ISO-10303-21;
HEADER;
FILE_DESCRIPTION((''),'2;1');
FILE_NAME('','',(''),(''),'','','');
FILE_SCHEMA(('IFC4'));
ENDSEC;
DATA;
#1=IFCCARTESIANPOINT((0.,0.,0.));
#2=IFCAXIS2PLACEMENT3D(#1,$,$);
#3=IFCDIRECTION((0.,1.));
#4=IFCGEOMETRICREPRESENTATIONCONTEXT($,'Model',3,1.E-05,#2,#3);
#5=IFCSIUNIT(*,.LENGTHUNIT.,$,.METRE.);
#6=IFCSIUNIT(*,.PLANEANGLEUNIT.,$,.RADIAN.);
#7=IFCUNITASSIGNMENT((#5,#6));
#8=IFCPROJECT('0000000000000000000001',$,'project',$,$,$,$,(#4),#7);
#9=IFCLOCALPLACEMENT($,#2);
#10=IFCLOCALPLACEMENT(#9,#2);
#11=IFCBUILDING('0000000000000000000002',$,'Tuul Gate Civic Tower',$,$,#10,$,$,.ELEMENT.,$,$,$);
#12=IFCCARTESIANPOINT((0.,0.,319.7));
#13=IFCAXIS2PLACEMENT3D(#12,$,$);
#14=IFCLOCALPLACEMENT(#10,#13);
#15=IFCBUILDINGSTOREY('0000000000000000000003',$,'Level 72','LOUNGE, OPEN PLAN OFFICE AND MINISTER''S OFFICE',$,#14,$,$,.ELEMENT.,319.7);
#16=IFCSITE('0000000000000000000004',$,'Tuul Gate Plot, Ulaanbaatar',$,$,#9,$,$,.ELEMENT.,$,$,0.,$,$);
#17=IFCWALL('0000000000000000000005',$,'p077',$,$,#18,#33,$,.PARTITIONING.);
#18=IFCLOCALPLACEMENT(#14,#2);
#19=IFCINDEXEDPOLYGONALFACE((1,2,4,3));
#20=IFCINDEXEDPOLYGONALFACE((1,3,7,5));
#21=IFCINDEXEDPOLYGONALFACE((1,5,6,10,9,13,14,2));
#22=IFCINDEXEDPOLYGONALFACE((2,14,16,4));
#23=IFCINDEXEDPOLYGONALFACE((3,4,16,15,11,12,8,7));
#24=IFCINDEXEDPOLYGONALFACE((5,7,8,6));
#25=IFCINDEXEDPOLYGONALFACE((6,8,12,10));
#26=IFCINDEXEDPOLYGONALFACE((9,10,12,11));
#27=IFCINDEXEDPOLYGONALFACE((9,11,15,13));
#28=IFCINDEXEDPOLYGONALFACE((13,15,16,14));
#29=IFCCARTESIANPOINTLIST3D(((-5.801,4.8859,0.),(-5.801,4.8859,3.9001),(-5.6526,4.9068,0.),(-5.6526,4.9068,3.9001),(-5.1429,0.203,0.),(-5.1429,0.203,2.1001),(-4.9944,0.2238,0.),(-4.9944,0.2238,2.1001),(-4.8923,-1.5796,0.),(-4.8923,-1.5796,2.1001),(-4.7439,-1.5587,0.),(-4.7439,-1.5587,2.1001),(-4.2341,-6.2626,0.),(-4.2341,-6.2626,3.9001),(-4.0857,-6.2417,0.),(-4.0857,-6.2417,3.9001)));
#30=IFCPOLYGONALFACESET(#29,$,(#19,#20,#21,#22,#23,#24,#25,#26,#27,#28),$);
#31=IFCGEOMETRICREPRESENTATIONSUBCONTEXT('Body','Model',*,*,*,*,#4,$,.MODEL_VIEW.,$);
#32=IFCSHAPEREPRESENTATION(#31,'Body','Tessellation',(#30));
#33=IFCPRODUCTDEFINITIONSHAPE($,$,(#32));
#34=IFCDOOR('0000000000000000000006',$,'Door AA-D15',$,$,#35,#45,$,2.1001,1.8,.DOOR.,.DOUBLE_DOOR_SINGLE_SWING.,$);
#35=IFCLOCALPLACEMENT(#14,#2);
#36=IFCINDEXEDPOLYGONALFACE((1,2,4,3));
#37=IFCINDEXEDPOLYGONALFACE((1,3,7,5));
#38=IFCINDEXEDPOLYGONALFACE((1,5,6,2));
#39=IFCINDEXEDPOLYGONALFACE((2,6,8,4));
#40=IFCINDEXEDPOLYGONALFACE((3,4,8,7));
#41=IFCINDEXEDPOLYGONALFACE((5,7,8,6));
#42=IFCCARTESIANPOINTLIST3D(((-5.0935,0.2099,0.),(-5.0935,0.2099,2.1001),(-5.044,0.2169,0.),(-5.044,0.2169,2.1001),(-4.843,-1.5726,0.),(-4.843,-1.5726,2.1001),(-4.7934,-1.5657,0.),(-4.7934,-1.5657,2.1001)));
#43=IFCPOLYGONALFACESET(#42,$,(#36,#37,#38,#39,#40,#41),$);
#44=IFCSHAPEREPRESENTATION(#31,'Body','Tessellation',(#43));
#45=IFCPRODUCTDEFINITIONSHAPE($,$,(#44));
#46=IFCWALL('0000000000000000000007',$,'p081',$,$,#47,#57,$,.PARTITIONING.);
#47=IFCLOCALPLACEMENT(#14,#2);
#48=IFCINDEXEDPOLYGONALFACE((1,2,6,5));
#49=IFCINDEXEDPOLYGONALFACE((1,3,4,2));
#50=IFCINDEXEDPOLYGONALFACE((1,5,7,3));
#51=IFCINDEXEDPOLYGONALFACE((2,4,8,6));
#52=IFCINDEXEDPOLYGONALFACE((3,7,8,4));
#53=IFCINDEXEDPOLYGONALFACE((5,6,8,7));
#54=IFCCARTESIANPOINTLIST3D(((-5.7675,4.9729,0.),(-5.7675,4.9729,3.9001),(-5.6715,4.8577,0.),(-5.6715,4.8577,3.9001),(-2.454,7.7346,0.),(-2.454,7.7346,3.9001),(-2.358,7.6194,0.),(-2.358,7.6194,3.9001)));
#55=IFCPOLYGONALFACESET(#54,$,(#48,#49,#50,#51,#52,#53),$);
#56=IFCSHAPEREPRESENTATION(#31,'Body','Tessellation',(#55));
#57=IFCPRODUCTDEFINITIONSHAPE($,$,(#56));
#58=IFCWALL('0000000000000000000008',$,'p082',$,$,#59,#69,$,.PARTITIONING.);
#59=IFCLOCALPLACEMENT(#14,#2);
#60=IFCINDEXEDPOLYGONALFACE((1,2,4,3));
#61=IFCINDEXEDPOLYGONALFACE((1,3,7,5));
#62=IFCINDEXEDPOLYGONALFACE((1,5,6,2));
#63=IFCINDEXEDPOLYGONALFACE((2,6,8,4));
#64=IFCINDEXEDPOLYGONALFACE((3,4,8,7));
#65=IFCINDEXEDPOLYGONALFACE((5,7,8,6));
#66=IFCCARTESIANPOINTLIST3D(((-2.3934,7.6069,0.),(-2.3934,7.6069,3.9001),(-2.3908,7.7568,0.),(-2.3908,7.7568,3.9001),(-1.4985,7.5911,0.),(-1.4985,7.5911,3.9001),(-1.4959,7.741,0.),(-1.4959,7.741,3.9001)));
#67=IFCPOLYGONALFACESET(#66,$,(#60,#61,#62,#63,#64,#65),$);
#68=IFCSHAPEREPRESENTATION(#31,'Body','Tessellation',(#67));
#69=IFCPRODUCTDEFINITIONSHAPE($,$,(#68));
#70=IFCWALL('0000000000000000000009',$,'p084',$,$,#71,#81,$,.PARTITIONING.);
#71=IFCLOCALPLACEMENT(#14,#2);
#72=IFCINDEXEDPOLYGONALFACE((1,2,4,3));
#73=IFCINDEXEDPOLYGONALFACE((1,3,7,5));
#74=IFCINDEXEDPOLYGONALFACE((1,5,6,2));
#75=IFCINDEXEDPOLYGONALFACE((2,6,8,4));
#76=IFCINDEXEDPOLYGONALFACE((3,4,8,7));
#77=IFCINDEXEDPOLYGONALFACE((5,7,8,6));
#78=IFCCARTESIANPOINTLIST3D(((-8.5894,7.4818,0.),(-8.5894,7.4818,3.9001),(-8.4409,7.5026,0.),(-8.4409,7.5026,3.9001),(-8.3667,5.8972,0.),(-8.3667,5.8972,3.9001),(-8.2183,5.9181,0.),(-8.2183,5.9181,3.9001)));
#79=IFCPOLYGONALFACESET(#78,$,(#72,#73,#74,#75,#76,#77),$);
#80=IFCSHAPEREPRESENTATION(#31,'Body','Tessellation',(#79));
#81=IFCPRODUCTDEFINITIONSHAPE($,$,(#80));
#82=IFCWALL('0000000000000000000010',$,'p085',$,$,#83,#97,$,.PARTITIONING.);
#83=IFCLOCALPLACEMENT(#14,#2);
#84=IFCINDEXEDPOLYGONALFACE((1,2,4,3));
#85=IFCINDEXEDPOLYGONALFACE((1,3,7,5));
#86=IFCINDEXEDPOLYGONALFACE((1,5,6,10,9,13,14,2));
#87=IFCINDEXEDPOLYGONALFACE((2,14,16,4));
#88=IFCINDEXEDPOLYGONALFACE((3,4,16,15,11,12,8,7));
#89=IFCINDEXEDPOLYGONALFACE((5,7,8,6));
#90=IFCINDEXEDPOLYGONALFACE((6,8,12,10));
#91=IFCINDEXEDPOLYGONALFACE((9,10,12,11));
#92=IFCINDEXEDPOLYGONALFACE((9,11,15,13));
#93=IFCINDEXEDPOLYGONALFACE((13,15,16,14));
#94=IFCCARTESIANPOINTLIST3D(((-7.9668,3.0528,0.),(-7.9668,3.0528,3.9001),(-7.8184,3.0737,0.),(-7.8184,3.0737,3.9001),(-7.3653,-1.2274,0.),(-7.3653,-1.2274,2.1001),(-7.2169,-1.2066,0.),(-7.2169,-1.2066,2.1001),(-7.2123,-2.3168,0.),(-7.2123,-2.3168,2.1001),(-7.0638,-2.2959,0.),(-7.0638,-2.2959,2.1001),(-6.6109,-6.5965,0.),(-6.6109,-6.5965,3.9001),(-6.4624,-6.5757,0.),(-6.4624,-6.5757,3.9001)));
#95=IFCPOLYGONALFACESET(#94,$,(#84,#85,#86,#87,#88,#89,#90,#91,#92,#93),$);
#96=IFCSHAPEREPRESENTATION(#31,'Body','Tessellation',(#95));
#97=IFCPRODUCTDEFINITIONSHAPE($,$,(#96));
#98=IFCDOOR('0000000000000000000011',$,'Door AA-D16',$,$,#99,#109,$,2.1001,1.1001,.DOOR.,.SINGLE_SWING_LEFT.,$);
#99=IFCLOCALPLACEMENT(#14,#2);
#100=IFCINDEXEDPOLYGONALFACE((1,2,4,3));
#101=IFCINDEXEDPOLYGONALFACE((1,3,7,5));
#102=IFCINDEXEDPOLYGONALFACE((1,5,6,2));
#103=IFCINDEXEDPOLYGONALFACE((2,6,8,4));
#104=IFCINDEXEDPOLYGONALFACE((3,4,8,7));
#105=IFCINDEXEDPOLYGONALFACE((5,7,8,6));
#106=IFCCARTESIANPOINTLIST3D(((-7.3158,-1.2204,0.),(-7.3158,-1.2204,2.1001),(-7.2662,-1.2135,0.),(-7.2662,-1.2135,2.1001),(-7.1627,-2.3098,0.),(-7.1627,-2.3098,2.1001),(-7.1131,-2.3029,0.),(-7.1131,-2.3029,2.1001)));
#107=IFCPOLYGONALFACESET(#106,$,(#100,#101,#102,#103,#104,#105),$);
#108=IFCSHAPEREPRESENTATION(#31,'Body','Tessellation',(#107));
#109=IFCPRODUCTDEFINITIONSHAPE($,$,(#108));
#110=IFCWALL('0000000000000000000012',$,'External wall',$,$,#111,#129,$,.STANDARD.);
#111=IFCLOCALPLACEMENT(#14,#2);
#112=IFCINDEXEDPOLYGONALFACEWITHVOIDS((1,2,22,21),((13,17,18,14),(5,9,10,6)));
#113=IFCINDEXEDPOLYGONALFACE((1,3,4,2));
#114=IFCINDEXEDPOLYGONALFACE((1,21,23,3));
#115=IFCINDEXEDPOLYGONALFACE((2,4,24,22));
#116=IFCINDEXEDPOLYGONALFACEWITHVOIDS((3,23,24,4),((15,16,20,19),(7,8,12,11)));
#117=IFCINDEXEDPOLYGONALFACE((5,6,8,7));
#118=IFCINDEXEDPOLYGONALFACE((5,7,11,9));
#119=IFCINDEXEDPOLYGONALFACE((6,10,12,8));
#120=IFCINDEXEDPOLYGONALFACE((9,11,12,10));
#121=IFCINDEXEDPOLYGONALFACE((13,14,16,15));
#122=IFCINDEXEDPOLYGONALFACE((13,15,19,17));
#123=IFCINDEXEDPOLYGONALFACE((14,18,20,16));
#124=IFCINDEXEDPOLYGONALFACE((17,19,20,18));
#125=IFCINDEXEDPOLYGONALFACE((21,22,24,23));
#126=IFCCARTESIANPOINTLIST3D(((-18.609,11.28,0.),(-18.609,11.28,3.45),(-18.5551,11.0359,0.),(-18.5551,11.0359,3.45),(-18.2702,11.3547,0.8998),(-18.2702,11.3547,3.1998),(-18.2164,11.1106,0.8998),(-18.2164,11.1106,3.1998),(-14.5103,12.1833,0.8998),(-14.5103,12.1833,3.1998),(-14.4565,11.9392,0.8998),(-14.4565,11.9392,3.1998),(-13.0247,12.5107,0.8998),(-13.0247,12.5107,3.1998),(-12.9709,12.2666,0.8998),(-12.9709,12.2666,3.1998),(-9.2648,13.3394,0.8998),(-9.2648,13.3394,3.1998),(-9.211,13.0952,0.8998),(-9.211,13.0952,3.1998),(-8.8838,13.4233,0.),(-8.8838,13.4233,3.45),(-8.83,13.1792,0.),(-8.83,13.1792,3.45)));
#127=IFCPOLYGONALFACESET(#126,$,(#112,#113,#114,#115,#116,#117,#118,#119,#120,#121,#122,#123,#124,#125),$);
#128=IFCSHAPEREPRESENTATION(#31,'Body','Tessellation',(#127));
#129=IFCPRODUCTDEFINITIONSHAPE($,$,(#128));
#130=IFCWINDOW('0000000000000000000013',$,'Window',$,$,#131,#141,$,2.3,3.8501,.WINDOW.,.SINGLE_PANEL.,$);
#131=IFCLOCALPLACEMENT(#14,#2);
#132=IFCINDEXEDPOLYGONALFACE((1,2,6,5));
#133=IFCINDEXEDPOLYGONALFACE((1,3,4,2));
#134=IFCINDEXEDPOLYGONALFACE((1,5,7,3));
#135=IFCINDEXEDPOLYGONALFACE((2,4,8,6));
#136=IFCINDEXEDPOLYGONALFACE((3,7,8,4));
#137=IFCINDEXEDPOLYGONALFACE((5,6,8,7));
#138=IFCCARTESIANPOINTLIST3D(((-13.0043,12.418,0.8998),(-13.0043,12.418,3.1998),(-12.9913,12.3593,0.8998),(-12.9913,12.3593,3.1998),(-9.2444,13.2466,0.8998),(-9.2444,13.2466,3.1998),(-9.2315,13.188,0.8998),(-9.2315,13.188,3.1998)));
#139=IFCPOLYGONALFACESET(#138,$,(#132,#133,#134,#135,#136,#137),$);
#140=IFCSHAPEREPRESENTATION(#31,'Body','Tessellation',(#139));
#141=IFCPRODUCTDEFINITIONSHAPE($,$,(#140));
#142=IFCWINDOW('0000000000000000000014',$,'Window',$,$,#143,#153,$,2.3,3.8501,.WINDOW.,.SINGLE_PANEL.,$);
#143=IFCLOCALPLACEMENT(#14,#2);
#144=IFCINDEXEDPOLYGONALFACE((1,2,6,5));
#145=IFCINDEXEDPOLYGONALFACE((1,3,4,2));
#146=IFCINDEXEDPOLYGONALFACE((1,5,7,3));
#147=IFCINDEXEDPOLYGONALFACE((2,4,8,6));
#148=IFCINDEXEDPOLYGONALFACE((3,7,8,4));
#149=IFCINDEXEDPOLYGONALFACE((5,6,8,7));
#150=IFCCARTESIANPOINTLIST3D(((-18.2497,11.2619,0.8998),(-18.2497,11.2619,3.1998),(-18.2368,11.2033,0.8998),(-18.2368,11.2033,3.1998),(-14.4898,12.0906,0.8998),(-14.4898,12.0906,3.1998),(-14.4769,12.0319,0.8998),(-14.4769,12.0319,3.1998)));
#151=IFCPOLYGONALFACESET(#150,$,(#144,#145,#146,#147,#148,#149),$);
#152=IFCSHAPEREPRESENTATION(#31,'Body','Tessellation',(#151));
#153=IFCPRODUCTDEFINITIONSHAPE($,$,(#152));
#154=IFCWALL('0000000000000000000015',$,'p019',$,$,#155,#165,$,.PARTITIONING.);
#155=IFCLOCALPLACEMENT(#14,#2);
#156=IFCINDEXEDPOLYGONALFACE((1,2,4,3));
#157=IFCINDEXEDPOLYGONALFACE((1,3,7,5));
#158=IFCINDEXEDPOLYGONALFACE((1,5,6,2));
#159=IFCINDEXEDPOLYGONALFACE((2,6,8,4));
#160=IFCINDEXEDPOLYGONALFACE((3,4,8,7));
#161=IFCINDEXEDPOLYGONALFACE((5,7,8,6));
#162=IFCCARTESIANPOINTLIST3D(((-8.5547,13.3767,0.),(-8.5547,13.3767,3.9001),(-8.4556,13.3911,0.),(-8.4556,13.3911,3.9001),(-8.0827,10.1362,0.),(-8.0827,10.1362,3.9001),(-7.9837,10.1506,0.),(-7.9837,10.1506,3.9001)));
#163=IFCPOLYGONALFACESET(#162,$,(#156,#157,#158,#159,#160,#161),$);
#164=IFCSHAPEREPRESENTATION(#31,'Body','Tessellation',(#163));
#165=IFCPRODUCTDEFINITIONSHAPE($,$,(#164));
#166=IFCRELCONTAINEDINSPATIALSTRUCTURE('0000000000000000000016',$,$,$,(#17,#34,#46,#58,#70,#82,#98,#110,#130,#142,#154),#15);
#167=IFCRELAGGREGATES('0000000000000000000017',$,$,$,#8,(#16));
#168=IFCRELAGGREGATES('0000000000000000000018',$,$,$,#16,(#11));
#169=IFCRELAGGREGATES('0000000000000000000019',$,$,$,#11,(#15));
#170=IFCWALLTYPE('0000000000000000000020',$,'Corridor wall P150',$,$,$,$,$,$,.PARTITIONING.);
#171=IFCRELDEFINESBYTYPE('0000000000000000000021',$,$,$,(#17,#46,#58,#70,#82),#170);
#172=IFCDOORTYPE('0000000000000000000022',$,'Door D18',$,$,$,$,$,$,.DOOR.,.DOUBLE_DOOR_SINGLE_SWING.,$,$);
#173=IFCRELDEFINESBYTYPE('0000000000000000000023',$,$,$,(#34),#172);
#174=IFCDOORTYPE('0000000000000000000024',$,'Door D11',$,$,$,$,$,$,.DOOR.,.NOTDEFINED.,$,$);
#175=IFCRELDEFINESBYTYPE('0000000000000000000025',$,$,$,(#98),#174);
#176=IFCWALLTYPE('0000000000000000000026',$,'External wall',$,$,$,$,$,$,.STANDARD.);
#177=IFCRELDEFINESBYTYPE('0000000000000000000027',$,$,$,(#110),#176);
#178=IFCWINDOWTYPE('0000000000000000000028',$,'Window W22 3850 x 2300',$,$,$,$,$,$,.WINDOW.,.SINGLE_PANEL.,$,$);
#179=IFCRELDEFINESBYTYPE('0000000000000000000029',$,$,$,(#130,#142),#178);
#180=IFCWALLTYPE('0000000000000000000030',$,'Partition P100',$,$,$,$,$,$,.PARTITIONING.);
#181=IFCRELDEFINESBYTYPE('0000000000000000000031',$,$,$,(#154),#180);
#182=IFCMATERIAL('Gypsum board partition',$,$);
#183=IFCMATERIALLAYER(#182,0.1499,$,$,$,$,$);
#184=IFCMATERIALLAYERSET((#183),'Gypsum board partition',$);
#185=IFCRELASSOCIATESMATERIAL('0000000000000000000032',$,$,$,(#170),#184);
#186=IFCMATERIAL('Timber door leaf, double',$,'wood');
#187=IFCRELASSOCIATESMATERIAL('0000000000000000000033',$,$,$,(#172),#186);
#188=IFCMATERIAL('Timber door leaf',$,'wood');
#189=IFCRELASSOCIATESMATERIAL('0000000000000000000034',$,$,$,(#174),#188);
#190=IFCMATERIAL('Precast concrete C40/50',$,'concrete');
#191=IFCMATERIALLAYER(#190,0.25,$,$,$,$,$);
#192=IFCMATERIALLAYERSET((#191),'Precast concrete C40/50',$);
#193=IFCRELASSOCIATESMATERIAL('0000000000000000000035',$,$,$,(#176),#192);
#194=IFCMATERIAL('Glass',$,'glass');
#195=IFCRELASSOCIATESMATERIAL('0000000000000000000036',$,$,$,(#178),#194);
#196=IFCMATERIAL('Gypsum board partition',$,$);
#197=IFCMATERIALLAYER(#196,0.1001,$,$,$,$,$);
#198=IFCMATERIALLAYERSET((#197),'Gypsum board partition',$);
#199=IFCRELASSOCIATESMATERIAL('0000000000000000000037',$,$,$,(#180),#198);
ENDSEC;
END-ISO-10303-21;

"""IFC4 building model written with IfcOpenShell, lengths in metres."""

from ifc_helpers import new_model, si_unit, direction, frame, frame_2d, origin, place, context, subcontext, project, spatial, rectangle, extrude, material, layer, layer_set, type_object, element, fill, save


model = new_model("IFC4")

# Units and contexts
model_context = context("Model", 3, precision=1e-05, world=origin(), true_north=direction((0.0, 1.0)))
body_context = subcontext(model_context, "Body", "Model", "MODEL_VIEW")
ifc_project = project(units=[si_unit("LENGTHUNIT", "METRE"), si_unit("PLANEANGLEUNIT", "RADIAN")], contexts=[model_context])

# Site, building, storey
site_placement = place(None, origin())
site = spatial("IfcSite", under=ifc_project, at=site_placement, Name="Tuul Gate Plot, Ulaanbaatar", CompositionType="ELEMENT", RefElevation=0.0)
building_placement = place(site_placement, origin())
building = spatial("IfcBuilding", under=site, at=building_placement, Name="Tuul Gate Civic Tower", CompositionType="ELEMENT")
storey_placement = place(building_placement, frame((0.0, 0.0, 319.7)))
storey = spatial("IfcBuildingStorey", under=building, at=storey_placement, Name="Level 72", Description="LOUNGE, OPEN PLAN OFFICE AND MINISTER'S OFFICE", CompositionType="ELEMENT", Elevation=319.7)

# Shared definitions
ifc_material_1 = material(Name="Gypsum board partition")
ifc_layer_1 = layer(ifc_material_1, 0.1499)
ifc_layer_set_1 = layer_set([ifc_layer_1], Name="Gypsum board partition")
wall_type_1 = type_object("IfcWallType", Name="Corridor wall P150", PredefinedType="PARTITIONING", material=ifc_layer_set_1)

# Wall, opening, door
wall_1_placement = place(storey_placement, frame((-5.7268, 4.8962, 0.0), z_axis=(0.0, 0.0, 1.0), x_axis=(0.13918, -0.990267, 0.0)))
wall_1 = element("IfcWall", 1, at=wall_1_placement, inside=storey, type_object=wall_type_1, Name="p077", PredefinedType="PARTITIONING", context=body_context, shape_type="SweptSolid", body=[
    extrude(rectangle(XDim=11.2581, YDim=0.1499, at=frame_2d((5.6289, 0.0))), origin(), (0.0, 0.0, 1.0), 3.9001),
])
opening_1_placement = place(wall_1_placement, frame((4.729, 0.0, 0.0)))
opening_1 = element("IfcOpeningElement", 2, at=opening_1_placement, cuts=wall_1, PredefinedType="OPENING", context=body_context, shape_type="SweptSolid", body=[
    extrude(rectangle(XDim=1.8, YDim=2.1001, at=frame_2d((0.8999, 1.05))), frame((0.0, 0.085, 0.0), z_axis=(0.0, -1.0, 0.0), x_axis=(1.0, 0.0, 0.0)), (0.0, 0.0, 1.0), 0.1699),
])
ifc_material_2 = material(Name="Timber door leaf, double", Category="wood")
door_type_1 = type_object("IfcDoorType", Name="Door D18", OperationType="DOUBLE_DOOR_SINGLE_SWING", PredefinedType="DOOR", material=ifc_material_2)
door_1_placement = place(opening_1_placement, origin())
door_1 = element("IfcDoor", 3, at=door_1_placement, inside=storey, type_object=door_type_1, Name="Door AA-D15", OperationType="DOUBLE_DOOR_SINGLE_SWING", OverallHeight=2.1001, OverallWidth=1.8, PredefinedType="DOOR", context=body_context, shape_type="SweptSolid", body=[
    extrude(rectangle(XDim=1.8, YDim=2.1001, at=frame_2d((0.8999, 1.05))), frame((0.0, 0.0249, 0.0), z_axis=(0.0, -1.0, 0.0), x_axis=(1.0, 0.0, 0.0)), (0.0, 0.0, 1.0), 0.05),
])
fill(opening_1, door_1)

# Walls
wall_2_placement = place(storey_placement, frame((-5.7195, 4.9153, 0.0), z_axis=(0.0, 0.0, 1.0), x_axis=(0.768166, 0.640251, 0.0)))
element("IfcWall", 4, at=wall_2_placement, inside=storey, type_object=wall_type_1, Name="p081", PredefinedType="PARTITIONING", context=body_context, shape_type="SweptSolid", body=[
    extrude(rectangle(XDim=4.3135, YDim=0.1499, at=frame_2d((2.1567, 0.0))), origin(), (0.0, 0.0, 1.0), 3.9001),
])
wall_3_placement = place(storey_placement, frame((-2.3921, 7.6819, 0.0), z_axis=(0.0, 0.0, 1.0), x_axis=(0.999843, -0.017733, 0.0)))
element("IfcWall", 5, at=wall_3_placement, inside=storey, type_object=wall_type_1, Name="p082", PredefinedType="PARTITIONING", context=body_context, shape_type="SweptSolid", body=[
    extrude(rectangle(XDim=0.895, YDim=0.1499, at=frame_2d((0.4475, 0.0))), origin(), (0.0, 0.0, 1.0), 3.9001),
])
wall_4_placement = place(storey_placement, frame((-8.5151, 7.4922, 0.0), z_axis=(0.0, 0.0, 1.0), x_axis=(0.139157, -0.99027, 0.0)))
element("IfcWall", 6, at=wall_4_placement, inside=storey, type_object=wall_type_1, Name="p084", PredefinedType="PARTITIONING", context=body_context, shape_type="SweptSolid", body=[
    extrude(rectangle(XDim=1.6001, YDim=0.1499, at=frame_2d((0.8, 0.0))), origin(), (0.0, 0.0, 1.0), 3.9001),
])

# Wall, opening, door
wall_5_placement = place(storey_placement, frame((-7.8926, 3.0632, 0.0), z_axis=(0.0, 0.0, 1.0), x_axis=(0.139155, -0.990271, 0.0)))
wall_5 = element("IfcWall", 7, at=wall_5_placement, inside=storey, type_object=wall_type_1, Name="p085", PredefinedType="PARTITIONING", context=body_context, shape_type="SweptSolid", body=[
    extrude(rectangle(XDim=9.7441, YDim=0.1499, at=frame_2d((4.8721, 0.0))), origin(), (0.0, 0.0, 1.0), 3.9001),
])
opening_2_placement = place(wall_5_placement, frame((4.3223, 0.0, 0.0)))
opening_2 = element("IfcOpeningElement", 8, at=opening_2_placement, cuts=wall_5, PredefinedType="OPENING", context=body_context, shape_type="SweptSolid", body=[
    extrude(rectangle(XDim=1.1001, YDim=2.1001, at=frame_2d((0.55, 1.05))), frame((0.0, 0.085, 0.0), z_axis=(0.0, -1.0, 0.0), x_axis=(1.0, 0.0, 0.0)), (0.0, 0.0, 1.0), 0.1699),
])
ifc_material_3 = material(Name="Timber door leaf", Category="wood")
door_type_2 = type_object("IfcDoorType", Name="Door D11", OperationType="NOTDEFINED", PredefinedType="DOOR", material=ifc_material_3)
door_2_placement = place(opening_2_placement, frame((1.1001, 0.0, 0.0), z_axis=(0.0, 0.0, 1.0), x_axis=(-1.0, 0.0, 0.0)))
door_2 = element("IfcDoor", 9, at=door_2_placement, inside=storey, type_object=door_type_2, Name="Door AA-D16", OperationType="SINGLE_SWING_LEFT", OverallHeight=2.1001, OverallWidth=1.1001, PredefinedType="DOOR", context=body_context, shape_type="SweptSolid", body=[
    extrude(rectangle(XDim=1.1001, YDim=2.1001, at=frame_2d((0.55, 1.05))), frame((0.0, 0.0249, 0.0), z_axis=(0.0, -1.0, 0.0), x_axis=(1.0, 0.0, 0.0)), (0.0, 0.0, 1.0), 0.05),
])
fill(opening_2, door_2)

# Wall, openings, windows
ifc_material_4 = material(Name="Precast concrete C40/50", Category="concrete")
ifc_layer_2 = layer(ifc_material_4, 0.25)
ifc_layer_set_2 = layer_set([ifc_layer_2], Name="Precast concrete C40/50")
wall_type_2 = type_object("IfcWallType", Name="External wall", PredefinedType="STANDARD", material=ifc_layer_set_2)
wall_6_placement = place(storey_placement, frame((-8.8569, 13.3013, 0.0), z_axis=(0.0, 0.0, 1.0), x_axis=(-0.976565, -0.215225, 0.0)))
wall_6 = element("IfcWall", 10, at=wall_6_placement, inside=storey, type_object=wall_type_2, Name="External wall", PredefinedType="STANDARD", context=body_context, shape_type="SweptSolid", body=[
    extrude(rectangle(XDim=9.9585, YDim=0.25, at=frame_2d((4.9792, 0.0))), origin(), (0.0, 0.0, 1.0), 3.45),
])
opening_3_placement = place(wall_6_placement, frame((0.3901, 0.0, 0.8999)))
opening_3 = element("IfcOpeningElement", 11, at=opening_3_placement, cuts=wall_6, PredefinedType="OPENING", context=body_context, shape_type="SweptSolid", body=[
    extrude(rectangle(XDim=3.8501, YDim=2.3, at=frame_2d((1.925, 1.1499))), frame((0.0, 0.135, 0.0), z_axis=(0.0, -1.0, 0.0), x_axis=(1.0, 0.0, 0.0)), (0.0, 0.0, 1.0), 0.27),
])
opening_4_placement = place(wall_6_placement, frame((5.7615, 0.0, 0.8999)))
opening_4 = element("IfcOpeningElement", 12, at=opening_4_placement, cuts=wall_6, PredefinedType="OPENING", context=body_context, shape_type="SweptSolid", body=[
    extrude(rectangle(XDim=3.8501, YDim=2.3, at=frame_2d((1.925, 1.1499))), frame((0.0, 0.135, 0.0), z_axis=(0.0, -1.0, 0.0), x_axis=(1.0, 0.0, 0.0)), (0.0, 0.0, 1.0), 0.27),
])
ifc_material_5 = material(Name="Glass", Category="glass")
window_type = type_object("IfcWindowType", Name="Window W22 3850 x 2300", PartitioningType="SINGLE_PANEL", PredefinedType="WINDOW", material=ifc_material_5)
window_1_placement = place(opening_3_placement, origin())
window_1 = element("IfcWindow", 13, at=window_1_placement, inside=storey, type_object=window_type, Name="Window", OverallHeight=2.3, OverallWidth=3.8501, PartitioningType="SINGLE_PANEL", PredefinedType="WINDOW", context=body_context, shape_type="SweptSolid", body=[
    extrude(rectangle(XDim=3.8501, YDim=2.3, at=frame_2d((1.925, 1.1499))), frame((0.0, 0.03, 0.0), z_axis=(0.0, -1.0, 0.0), x_axis=(1.0, 0.0, 0.0)), (0.0, 0.0, 1.0), 0.0601),
])
fill(opening_3, window_1)
window_2_placement = place(opening_4_placement, origin())
window_2 = element("IfcWindow", 14, at=window_2_placement, inside=storey, type_object=window_type, Name="Window", OverallHeight=2.3, OverallWidth=3.8501, PartitioningType="SINGLE_PANEL", PredefinedType="WINDOW", context=body_context, shape_type="SweptSolid", body=[
    extrude(rectangle(XDim=3.8501, YDim=2.3, at=frame_2d((1.925, 1.1499))), frame((0.0, 0.03, 0.0), z_axis=(0.0, -1.0, 0.0), x_axis=(1.0, 0.0, 0.0)), (0.0, 0.0, 1.0), 0.0601),
])
fill(opening_4, window_2)

# Wall
ifc_material_6 = material(Name="Gypsum board partition")
ifc_layer_3 = layer(ifc_material_6, 0.1001)
ifc_layer_set_3 = layer_set([ifc_layer_3], Name="Gypsum board partition")
wall_type_3 = type_object("IfcWallType", Name="Partition P100", PredefinedType="PARTITIONING", material=ifc_layer_set_3)
wall_7_placement = place(storey_placement, frame((-8.5051, 13.3838, 0.0), z_axis=(0.0, 0.0, 1.0), x_axis=(0.144114, -0.989561, 0.0)))
element("IfcWall", 15, at=wall_7_placement, inside=storey, type_object=wall_type_3, Name="p019", PredefinedType="PARTITIONING", context=body_context, shape_type="SweptSolid", body=[
    extrude(rectangle(XDim=3.2747, YDim=0.1001, at=frame_2d((1.6372, 0.0))), origin(), (0.0, 0.0, 1.0), 3.9001),
])

save(model, "model.ifc")
